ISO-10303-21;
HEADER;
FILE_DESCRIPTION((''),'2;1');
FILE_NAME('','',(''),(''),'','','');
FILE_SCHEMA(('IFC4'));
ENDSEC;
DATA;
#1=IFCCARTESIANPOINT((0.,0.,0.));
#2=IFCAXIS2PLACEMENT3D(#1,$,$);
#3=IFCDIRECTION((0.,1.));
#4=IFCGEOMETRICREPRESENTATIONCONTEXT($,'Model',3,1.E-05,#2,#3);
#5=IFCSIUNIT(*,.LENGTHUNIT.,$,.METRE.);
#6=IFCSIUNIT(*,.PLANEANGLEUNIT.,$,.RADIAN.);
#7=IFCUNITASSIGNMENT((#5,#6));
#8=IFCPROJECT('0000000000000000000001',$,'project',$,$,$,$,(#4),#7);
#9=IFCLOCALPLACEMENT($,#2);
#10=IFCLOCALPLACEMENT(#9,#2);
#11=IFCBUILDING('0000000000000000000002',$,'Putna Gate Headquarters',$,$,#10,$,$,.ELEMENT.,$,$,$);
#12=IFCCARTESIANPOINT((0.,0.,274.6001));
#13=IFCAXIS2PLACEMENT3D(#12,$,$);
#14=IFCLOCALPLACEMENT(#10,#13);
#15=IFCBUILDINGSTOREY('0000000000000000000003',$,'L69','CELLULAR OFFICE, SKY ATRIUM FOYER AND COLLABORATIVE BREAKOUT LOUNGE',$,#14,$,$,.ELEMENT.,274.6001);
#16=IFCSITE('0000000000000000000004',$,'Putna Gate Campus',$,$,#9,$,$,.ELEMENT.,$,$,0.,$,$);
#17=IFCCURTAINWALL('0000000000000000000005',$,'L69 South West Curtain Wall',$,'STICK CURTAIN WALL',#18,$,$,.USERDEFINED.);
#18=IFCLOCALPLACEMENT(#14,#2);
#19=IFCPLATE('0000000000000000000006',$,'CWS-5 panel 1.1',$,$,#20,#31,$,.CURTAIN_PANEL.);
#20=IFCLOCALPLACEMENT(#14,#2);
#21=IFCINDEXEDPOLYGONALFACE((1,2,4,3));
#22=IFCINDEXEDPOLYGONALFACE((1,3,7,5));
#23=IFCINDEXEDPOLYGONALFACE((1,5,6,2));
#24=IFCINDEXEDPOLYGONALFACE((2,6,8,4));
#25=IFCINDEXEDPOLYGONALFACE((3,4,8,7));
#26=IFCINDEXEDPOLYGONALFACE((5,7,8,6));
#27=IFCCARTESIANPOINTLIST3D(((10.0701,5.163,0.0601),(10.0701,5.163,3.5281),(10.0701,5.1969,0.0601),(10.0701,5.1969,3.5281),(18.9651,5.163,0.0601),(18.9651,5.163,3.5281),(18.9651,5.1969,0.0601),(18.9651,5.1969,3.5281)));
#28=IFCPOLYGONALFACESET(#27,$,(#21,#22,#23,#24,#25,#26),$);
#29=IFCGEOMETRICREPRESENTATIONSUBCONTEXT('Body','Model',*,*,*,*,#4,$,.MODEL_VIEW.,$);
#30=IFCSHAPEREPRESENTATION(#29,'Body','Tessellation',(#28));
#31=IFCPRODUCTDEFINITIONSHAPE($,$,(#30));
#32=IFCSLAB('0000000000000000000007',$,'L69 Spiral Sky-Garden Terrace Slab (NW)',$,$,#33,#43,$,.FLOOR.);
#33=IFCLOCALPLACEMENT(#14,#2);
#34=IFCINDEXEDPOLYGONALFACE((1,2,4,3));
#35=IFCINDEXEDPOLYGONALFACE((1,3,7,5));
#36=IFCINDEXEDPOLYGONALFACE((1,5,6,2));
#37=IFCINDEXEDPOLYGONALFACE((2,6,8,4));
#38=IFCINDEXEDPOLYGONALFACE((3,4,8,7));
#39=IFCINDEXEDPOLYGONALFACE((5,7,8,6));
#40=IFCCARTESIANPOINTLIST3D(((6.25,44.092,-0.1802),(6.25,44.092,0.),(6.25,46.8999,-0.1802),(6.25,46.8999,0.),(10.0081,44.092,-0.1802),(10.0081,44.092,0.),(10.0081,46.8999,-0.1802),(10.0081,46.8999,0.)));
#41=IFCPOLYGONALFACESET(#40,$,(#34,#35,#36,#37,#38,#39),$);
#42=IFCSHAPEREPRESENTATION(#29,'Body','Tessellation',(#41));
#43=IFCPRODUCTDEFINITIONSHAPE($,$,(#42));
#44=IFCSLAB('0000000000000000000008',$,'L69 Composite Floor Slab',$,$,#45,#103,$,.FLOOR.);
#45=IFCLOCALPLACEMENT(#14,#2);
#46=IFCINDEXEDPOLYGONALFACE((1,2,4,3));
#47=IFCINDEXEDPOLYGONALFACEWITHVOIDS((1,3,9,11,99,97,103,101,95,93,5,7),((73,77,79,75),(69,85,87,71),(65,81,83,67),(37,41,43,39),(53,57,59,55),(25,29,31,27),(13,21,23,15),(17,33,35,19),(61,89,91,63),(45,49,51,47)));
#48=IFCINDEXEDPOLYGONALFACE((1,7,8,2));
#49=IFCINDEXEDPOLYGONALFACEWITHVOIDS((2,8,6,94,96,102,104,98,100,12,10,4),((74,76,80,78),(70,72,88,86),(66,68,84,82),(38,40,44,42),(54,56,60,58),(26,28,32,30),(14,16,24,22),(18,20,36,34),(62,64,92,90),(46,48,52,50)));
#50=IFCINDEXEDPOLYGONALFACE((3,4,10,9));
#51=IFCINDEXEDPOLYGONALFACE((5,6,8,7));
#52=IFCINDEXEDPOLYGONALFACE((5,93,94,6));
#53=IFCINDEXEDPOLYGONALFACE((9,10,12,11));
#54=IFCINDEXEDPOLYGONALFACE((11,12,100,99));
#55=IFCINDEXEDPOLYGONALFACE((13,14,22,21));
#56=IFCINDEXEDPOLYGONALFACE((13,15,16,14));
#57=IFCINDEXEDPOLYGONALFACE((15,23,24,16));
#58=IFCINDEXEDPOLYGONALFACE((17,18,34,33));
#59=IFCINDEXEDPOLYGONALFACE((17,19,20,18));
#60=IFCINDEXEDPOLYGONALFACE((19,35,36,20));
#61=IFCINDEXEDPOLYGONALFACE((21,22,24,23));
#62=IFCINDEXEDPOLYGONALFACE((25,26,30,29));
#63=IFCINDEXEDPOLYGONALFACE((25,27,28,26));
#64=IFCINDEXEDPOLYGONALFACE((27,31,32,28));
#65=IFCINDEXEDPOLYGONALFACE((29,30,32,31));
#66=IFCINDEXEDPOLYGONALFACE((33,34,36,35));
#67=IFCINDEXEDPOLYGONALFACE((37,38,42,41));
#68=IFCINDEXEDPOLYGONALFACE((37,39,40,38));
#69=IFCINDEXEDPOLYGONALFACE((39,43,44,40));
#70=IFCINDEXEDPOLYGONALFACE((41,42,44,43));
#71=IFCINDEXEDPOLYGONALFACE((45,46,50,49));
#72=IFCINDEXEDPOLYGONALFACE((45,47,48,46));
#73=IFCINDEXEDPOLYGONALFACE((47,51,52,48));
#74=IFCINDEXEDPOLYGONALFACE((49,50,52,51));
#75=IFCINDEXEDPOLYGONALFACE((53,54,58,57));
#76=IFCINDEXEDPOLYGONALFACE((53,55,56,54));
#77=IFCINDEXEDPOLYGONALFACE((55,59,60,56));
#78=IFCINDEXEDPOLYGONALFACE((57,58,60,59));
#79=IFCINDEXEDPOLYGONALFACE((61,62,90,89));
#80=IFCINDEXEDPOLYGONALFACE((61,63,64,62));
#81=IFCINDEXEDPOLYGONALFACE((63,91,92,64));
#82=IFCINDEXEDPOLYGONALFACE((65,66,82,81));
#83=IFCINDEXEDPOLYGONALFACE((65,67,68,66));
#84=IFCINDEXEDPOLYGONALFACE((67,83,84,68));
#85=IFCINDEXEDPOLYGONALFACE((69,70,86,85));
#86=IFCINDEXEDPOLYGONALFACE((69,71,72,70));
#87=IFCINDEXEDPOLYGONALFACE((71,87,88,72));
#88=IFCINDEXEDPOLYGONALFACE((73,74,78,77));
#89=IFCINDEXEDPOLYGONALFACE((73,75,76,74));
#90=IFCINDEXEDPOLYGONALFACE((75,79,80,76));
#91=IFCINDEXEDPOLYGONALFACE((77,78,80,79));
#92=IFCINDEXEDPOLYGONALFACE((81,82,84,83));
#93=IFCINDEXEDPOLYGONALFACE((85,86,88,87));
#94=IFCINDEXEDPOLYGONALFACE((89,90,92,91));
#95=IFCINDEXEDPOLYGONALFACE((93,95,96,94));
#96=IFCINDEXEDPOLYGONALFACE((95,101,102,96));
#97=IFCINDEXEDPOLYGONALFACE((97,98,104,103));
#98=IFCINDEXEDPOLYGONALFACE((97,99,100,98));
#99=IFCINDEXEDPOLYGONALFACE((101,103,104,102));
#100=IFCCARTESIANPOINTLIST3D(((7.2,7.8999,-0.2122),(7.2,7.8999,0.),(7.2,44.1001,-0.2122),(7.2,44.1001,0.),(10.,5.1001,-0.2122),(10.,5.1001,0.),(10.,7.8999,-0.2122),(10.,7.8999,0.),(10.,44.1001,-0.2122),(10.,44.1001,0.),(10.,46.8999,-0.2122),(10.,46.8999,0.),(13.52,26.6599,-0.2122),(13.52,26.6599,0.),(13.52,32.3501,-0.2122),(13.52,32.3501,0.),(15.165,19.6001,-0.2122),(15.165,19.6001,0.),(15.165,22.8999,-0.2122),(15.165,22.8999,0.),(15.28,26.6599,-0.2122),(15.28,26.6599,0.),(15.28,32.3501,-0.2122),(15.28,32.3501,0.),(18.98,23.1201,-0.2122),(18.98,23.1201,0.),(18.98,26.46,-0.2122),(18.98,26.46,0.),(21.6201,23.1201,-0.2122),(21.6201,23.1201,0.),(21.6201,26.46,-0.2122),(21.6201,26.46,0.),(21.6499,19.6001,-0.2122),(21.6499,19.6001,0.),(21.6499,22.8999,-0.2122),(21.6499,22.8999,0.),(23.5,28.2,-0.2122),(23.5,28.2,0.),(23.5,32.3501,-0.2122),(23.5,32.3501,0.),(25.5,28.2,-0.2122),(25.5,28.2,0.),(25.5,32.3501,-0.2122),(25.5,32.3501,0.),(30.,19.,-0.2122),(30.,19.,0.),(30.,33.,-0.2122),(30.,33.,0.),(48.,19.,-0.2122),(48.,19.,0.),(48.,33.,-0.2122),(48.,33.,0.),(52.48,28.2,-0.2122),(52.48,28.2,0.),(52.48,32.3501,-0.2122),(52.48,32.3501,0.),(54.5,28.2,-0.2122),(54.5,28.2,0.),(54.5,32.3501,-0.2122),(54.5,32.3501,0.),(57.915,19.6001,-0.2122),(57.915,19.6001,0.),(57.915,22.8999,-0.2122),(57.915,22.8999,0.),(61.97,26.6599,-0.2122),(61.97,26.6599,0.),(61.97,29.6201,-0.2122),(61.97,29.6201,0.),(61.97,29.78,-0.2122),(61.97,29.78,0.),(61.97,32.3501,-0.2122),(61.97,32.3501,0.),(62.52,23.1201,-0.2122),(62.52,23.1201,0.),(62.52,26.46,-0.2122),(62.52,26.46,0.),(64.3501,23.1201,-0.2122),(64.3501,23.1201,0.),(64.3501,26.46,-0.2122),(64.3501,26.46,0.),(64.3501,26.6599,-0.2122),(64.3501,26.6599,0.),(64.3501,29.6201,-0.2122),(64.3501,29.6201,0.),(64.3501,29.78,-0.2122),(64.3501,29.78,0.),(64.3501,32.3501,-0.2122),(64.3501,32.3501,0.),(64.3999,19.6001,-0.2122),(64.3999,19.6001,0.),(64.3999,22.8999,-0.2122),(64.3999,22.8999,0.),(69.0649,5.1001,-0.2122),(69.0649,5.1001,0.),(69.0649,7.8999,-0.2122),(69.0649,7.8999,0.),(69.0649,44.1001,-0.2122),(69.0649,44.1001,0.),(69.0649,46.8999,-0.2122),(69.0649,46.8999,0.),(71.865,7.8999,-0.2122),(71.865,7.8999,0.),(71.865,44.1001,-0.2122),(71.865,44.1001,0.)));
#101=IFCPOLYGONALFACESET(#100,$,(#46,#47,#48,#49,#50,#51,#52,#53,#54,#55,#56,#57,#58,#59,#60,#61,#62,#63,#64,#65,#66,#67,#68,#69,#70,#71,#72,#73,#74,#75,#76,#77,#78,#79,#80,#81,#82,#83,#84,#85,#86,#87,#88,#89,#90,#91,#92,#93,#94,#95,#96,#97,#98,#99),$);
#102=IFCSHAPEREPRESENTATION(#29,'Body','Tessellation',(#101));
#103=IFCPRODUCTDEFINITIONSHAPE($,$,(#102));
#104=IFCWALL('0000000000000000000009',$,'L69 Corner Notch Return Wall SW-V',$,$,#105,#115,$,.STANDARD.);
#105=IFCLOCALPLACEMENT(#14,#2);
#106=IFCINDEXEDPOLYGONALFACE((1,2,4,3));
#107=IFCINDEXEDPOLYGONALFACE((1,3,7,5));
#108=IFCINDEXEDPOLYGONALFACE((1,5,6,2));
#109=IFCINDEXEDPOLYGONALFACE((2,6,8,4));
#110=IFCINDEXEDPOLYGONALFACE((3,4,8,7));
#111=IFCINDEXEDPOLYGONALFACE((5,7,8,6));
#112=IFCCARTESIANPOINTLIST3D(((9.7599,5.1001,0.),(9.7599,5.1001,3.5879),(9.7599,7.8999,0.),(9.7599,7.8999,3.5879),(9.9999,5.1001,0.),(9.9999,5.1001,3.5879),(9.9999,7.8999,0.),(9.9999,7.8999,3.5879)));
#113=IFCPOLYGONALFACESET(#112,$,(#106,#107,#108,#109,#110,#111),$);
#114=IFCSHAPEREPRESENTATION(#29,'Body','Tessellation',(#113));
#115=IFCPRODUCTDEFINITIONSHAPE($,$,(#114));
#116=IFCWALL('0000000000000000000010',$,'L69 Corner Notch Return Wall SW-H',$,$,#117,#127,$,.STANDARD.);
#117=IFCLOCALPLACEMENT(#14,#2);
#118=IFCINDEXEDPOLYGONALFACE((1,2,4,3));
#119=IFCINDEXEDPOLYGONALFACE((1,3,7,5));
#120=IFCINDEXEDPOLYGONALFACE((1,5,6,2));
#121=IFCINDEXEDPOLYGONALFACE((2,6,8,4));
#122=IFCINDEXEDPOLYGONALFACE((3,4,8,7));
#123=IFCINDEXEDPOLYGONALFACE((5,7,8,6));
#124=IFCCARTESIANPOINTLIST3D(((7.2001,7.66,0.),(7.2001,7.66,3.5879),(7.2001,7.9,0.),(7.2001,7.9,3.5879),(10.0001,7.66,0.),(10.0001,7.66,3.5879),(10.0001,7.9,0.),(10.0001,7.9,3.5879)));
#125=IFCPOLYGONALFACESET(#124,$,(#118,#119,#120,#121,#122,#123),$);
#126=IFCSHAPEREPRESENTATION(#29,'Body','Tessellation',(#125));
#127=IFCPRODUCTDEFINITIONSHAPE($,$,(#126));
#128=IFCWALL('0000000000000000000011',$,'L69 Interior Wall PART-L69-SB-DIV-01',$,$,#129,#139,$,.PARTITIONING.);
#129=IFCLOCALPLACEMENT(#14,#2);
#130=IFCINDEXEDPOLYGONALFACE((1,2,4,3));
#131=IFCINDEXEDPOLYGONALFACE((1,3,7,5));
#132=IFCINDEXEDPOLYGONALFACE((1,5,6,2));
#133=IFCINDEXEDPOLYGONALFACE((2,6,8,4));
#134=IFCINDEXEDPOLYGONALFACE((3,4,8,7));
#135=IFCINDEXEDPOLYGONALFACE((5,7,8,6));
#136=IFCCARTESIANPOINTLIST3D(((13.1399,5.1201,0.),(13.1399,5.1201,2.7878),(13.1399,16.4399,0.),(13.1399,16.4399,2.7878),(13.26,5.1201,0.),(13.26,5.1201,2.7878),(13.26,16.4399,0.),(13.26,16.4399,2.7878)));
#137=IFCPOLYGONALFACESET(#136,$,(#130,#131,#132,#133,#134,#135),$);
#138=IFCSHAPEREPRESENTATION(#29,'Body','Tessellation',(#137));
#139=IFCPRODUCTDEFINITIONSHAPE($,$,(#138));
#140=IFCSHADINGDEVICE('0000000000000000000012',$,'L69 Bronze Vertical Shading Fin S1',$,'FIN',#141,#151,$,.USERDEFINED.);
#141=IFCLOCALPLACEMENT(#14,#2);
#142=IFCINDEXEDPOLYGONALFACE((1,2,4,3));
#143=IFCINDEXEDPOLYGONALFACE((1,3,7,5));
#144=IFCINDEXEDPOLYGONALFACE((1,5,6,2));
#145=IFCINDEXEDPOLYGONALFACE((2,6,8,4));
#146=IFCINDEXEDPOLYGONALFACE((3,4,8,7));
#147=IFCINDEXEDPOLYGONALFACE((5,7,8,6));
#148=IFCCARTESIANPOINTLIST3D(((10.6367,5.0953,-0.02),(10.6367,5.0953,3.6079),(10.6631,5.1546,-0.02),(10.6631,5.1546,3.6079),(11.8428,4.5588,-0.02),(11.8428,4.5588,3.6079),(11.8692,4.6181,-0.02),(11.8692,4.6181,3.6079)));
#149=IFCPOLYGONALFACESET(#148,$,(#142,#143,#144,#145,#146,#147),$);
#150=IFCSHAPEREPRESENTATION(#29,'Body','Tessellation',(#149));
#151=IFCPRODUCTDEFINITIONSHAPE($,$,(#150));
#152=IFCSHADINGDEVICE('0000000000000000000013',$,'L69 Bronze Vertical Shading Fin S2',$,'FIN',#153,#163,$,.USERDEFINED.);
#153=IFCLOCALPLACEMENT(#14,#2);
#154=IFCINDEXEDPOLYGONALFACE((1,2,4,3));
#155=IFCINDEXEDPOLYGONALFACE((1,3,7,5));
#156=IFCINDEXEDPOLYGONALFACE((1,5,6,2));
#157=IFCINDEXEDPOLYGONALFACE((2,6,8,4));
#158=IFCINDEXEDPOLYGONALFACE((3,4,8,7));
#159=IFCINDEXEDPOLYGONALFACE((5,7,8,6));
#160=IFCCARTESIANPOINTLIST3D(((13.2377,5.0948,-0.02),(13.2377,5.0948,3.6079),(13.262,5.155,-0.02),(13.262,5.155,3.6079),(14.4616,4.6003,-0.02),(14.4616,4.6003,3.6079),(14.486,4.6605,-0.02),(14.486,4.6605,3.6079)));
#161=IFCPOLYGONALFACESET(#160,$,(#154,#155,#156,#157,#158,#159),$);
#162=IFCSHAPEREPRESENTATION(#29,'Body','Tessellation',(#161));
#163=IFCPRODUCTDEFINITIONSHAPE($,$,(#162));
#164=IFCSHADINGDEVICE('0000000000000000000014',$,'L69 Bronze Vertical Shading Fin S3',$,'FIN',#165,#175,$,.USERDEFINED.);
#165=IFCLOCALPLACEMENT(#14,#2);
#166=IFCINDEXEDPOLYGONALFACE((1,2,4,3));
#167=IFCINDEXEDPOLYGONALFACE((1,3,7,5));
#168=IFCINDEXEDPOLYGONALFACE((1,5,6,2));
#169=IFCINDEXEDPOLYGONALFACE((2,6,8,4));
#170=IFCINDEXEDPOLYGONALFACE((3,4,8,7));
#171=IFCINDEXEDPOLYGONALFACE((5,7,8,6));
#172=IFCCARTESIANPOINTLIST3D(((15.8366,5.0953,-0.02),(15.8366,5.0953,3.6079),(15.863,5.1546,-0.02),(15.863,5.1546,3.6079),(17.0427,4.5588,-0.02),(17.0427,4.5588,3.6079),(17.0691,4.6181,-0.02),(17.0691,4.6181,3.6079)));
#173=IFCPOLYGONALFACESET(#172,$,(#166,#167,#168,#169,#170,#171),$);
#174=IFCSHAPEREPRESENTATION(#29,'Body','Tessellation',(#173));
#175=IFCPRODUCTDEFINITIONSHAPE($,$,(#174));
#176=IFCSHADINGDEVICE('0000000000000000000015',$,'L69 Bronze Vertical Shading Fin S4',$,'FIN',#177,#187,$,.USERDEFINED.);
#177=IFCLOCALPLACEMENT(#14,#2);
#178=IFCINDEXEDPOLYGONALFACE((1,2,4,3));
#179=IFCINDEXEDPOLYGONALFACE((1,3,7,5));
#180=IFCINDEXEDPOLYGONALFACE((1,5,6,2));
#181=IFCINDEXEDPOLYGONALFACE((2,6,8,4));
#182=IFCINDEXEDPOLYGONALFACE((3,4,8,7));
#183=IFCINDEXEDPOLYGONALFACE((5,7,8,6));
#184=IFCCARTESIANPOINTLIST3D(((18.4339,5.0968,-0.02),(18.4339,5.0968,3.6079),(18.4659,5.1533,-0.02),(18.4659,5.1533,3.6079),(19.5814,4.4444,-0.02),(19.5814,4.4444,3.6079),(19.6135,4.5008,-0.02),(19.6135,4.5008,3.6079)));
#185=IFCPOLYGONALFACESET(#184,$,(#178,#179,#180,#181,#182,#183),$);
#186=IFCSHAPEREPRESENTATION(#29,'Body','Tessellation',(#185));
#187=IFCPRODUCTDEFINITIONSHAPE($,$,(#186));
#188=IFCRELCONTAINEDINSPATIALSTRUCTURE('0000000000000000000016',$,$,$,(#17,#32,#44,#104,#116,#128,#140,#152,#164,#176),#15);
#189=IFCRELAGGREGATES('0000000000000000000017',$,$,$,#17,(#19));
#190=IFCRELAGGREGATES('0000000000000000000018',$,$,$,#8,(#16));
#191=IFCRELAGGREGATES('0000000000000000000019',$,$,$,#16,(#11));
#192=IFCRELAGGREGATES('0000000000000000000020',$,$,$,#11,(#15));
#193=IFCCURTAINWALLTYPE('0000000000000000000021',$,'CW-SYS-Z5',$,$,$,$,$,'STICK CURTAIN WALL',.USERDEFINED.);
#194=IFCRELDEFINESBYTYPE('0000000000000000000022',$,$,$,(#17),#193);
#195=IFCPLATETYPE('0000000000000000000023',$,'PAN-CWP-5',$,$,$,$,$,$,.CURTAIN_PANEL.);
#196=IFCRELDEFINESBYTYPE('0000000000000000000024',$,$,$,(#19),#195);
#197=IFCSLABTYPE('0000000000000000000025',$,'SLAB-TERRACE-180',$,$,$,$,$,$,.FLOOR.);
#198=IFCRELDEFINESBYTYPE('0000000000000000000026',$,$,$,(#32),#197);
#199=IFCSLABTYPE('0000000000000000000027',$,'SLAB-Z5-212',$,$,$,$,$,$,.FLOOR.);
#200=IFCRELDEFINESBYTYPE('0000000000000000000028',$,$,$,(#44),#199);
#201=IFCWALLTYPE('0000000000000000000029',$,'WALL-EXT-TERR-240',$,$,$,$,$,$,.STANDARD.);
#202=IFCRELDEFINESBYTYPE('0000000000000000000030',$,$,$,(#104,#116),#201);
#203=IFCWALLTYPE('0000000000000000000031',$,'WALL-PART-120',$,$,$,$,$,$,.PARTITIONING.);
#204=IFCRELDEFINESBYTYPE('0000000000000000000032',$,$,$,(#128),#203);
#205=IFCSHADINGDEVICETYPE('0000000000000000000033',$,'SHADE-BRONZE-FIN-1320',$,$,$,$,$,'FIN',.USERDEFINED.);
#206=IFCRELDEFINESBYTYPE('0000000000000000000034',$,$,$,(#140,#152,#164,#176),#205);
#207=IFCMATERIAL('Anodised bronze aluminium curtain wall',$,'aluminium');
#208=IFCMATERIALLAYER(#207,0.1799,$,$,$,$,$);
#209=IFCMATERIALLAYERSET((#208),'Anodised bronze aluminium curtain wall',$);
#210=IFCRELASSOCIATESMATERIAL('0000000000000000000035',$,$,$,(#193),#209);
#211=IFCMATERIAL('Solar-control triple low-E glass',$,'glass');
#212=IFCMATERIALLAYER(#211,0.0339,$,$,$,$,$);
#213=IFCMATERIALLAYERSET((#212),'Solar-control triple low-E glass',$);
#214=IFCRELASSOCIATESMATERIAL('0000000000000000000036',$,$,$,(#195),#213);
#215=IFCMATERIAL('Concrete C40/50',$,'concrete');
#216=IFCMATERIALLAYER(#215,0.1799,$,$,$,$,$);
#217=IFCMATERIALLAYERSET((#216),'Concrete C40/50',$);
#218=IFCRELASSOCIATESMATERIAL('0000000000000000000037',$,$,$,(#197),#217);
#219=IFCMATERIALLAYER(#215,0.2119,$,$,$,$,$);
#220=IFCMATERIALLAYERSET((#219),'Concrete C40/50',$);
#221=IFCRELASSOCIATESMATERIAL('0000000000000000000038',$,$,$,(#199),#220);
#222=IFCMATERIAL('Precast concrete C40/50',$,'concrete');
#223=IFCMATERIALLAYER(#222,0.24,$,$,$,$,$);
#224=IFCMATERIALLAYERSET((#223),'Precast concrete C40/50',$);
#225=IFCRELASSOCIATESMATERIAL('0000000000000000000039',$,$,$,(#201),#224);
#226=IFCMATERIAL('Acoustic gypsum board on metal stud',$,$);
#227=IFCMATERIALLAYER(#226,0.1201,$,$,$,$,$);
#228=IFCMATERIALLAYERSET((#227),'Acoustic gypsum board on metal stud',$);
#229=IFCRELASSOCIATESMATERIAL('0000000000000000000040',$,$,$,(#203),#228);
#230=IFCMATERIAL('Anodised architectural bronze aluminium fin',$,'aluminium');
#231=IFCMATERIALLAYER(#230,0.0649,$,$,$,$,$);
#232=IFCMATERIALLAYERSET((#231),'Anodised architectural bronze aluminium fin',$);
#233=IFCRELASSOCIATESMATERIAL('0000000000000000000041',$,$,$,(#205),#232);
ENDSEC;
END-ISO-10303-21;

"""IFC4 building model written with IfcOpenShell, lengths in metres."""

from ifc_helpers import new_model, si_unit, direction, frame, frame_2d, origin, origin_2d, place, context, subcontext, project, spatial, polyline, rectangle, outline, extrude, material, layer, layer_set, type_object, element, aggregate, save


model = new_model("IFC4")

# Units and contexts
model_context = context("Model", 3, precision=1e-05, world=origin(), true_north=direction((0.0, 1.0)))
body_context = subcontext(model_context, "Body", "Model", "MODEL_VIEW")
ifc_project = project(units=[si_unit("LENGTHUNIT", "METRE"), si_unit("PLANEANGLEUNIT", "RADIAN")], contexts=[model_context])

# Site, building, storey
site_placement = place(None, origin())
site = spatial("IfcSite", under=ifc_project, at=site_placement, Name="Putna Gate Campus", CompositionType="ELEMENT", RefElevation=0.0)
building_placement = place(site_placement, origin())
building = spatial("IfcBuilding", under=site, at=building_placement, Name="Putna Gate Headquarters", CompositionType="ELEMENT")
storey_placement = place(building_placement, frame((0.0, 0.0, 274.6001)))
storey = spatial("IfcBuildingStorey", under=building, at=storey_placement, Name="L69", Description="CELLULAR OFFICE, SKY ATRIUM FOYER AND COLLABORATIVE BREAKOUT LOUNGE", CompositionType="ELEMENT", Elevation=274.6001)

# Curtain wall
ifc_material_1 = material(Name="Anodised bronze aluminium curtain wall", Category="aluminium")
ifc_layer_1 = layer(ifc_material_1, 0.1799)
ifc_layer_set_1 = layer_set([ifc_layer_1], Name="Anodised bronze aluminium curtain wall")
curtain_wall_type = type_object("IfcCurtainWallType", Name="CW-SYS-Z5", ElementType="STICK CURTAIN WALL", PredefinedType="USERDEFINED", material=ifc_layer_set_1)
curtain_wall_1_placement = place(storey_placement, origin())
curtain_wall_1 = element("IfcCurtainWall", 1, at=curtain_wall_1_placement, inside=storey, type_object=curtain_wall_type, Name="L69 South West Curtain Wall", ObjectType="STICK CURTAIN WALL", PredefinedType="USERDEFINED")

# Shared definitions
ifc_material_2 = material(Name="Concrete C40/50", Category="concrete")

# Plate
ifc_material_3 = material(Name="Solar-control triple low-E glass", Category="glass")
ifc_layer_2 = layer(ifc_material_3, 0.0339)
ifc_layer_set_2 = layer_set([ifc_layer_2], Name="Solar-control triple low-E glass")
plate_type = type_object("IfcPlateType", Name="PAN-CWP-5", PredefinedType="CURTAIN_PANEL", material=ifc_layer_set_2)
plate_placement = place(storey_placement, frame((14.5176, 5.1799, 0.0601), z_axis=(0.0, 0.0, 1.0), x_axis=(1.0, 0.0, 0.0)))
plate = element("IfcPlate", 2, at=plate_placement, type_object=plate_type, Name="CWS-5 panel 1.1", PredefinedType="CURTAIN_PANEL", context=body_context, shape_type="SweptSolid", body=[
    extrude(rectangle(XDim=8.895, YDim=0.0339, at=origin_2d()), origin(), (0.0, 0.0, 1.0), 3.468),
])
aggregate(curtain_wall_1, [plate])

# Slabs
ifc_layer_3 = layer(ifc_material_2, 0.1799)
ifc_layer_set_3 = layer_set([ifc_layer_3], Name="Concrete C40/50")
slab_type_1 = type_object("IfcSlabType", Name="SLAB-TERRACE-180", PredefinedType="FLOOR", material=ifc_layer_set_3)
slab_1_placement = place(storey_placement, frame((0.0, 0.0, -0.1802)))
element("IfcSlab", 3, at=slab_1_placement, inside=storey, type_object=slab_type_1, Name="L69 Spiral Sky-Garden Terrace Slab (NW)", PredefinedType="FLOOR", context=body_context, shape_type="SweptSolid", body=[
    extrude(outline(polyline([(6.25, 44.092), (10.0081, 44.092), (10.0081, 46.8999), (6.25, 46.8999), (6.25, 44.092)])), origin(), (0.0, 0.0, 1.0), 0.1802),
])
ifc_layer_4 = layer(ifc_material_2, 0.2119)
ifc_layer_set_4 = layer_set([ifc_layer_4], Name="Concrete C40/50")
slab_type_2 = type_object("IfcSlabType", Name="SLAB-Z5-212", PredefinedType="FLOOR", material=ifc_layer_set_4)
slab_2_placement = place(storey_placement, frame((0.0, 0.0, -0.2122)))
element("IfcSlab", 4, at=slab_2_placement, inside=storey, type_object=slab_type_2, Name="L69 Composite Floor Slab", PredefinedType="FLOOR", context=body_context, shape_type="SweptSolid", body=[
    extrude(outline(polyline([(10.0, 5.1001), (69.0649, 5.1001), (69.0649, 7.8999), (71.865, 7.8999), (71.865, 44.1001), (69.0649, 44.1001), (69.0649, 46.8999), (10.0, 46.8999), (10.0, 44.1001), (7.2, 44.1001), (7.2, 7.8999), (10.0, 7.8999), (10.0, 5.1001)]), holes=[polyline([(15.165, 19.6001), (21.6499, 19.6001), (21.6499, 22.8999), (15.165, 22.8999), (15.165, 19.6001)]), polyline([(57.915, 19.6001), (64.3999, 19.6001), (64.3999, 22.8999), (57.915, 22.8999), (57.915, 19.6001)]), polyline([(13.52, 26.6599), (15.28, 26.6599), (15.28, 32.3501), (13.52, 32.3501), (13.52, 26.6599)]), polyline([(61.97, 29.78), (64.3501, 29.78), (64.3501, 32.3501), (61.97, 32.3501), (61.97, 29.78)]), polyline([(18.98, 23.1201), (21.6201, 23.1201), (21.6201, 26.46), (18.98, 26.46), (18.98, 23.1201)]), polyline([(62.52, 23.1201), (64.3501, 23.1201), (64.3501, 26.46), (62.52, 26.46), (62.52, 23.1201)]), polyline([(61.97, 26.6599), (64.3501, 26.6599), (64.3501, 29.6201), (61.97, 29.6201), (61.97, 26.6599)]), polyline([(23.5, 28.2), (25.5, 28.2), (25.5, 32.3501), (23.5, 32.3501), (23.5, 28.2)]), polyline([(52.48, 28.2), (54.5, 28.2), (54.5, 32.3501), (52.48, 32.3501), (52.48, 28.2)]), polyline([(30.0, 19.0), (48.0, 19.0), (48.0, 33.0), (30.0, 33.0), (30.0, 19.0)])]), origin(), (0.0, 0.0, 1.0), 0.2122),
])

# Walls
ifc_material_4 = material(Name="Precast concrete C40/50", Category="concrete")
ifc_layer_5 = layer(ifc_material_4, 0.24)
ifc_layer_set_5 = layer_set([ifc_layer_5], Name="Precast concrete C40/50")
wall_type_1 = type_object("IfcWallType", Name="WALL-EXT-TERR-240", PredefinedType="STANDARD", material=ifc_layer_set_5)
wall_1_placement = place(storey_placement, frame((9.8799, 5.1001, 0.0), z_axis=(0.0, 0.0, 1.0), x_axis=(0.0, 1.0, 0.0)))
element("IfcWall", 5, at=wall_1_placement, inside=storey, type_object=wall_type_1, Name="L69 Corner Notch Return Wall SW-V", PredefinedType="STANDARD", context=body_context, shape_type="SweptSolid", body=[
    extrude(rectangle(XDim=2.7998, YDim=0.24, at=frame_2d((1.3999, 0.0))), origin(), (0.0, 0.0, 1.0), 3.5879),
])
wall_2_placement = place(storey_placement, frame((10.0, 7.78, 0.0), z_axis=(0.0, 0.0, 1.0), x_axis=(-1.0, 0.0, 0.0)))
element("IfcWall", 6, at=wall_2_placement, inside=storey, type_object=wall_type_1, Name="L69 Corner Notch Return Wall SW-H", PredefinedType="STANDARD", context=body_context, shape_type="SweptSolid", body=[
    extrude(rectangle(XDim=2.8, YDim=0.24, at=frame_2d((1.3999, 0.0))), origin(), (0.0, 0.0, 1.0), 3.5879),
])
ifc_material_5 = material(Name="Acoustic gypsum board on metal stud")
ifc_layer_6 = layer(ifc_material_5, 0.1201)
ifc_layer_set_6 = layer_set([ifc_layer_6], Name="Acoustic gypsum board on metal stud")
wall_type_2 = type_object("IfcWallType", Name="WALL-PART-120", PredefinedType="PARTITIONING", material=ifc_layer_set_6)
wall_3_placement = place(storey_placement, frame((13.2, 5.1201, 0.0), z_axis=(0.0, 0.0, 1.0), x_axis=(0.0, 1.0, 0.0)))
element("IfcWall", 7, at=wall_3_placement, inside=storey, type_object=wall_type_2, Name="L69 Interior Wall PART-L69-SB-DIV-01", PredefinedType="PARTITIONING", context=body_context, shape_type="SweptSolid", body=[
    extrude(rectangle(XDim=11.3198, YDim=0.1201, at=frame_2d((5.6599, 0.0))), origin(), (0.0, 0.0, 1.0), 2.7878),
])

# Shading devices
ifc_material_6 = material(Name="Anodised architectural bronze aluminium fin", Category="aluminium")
ifc_layer_7 = layer(ifc_material_6, 0.0649)
ifc_layer_set_7 = layer_set([ifc_layer_7], Name="Anodised architectural bronze aluminium fin")
shading_device_type_1 = type_object("IfcShadingDeviceType", Name="SHADE-BRONZE-FIN-1320", ElementType="FIN", PredefinedType="USERDEFINED", material=ifc_layer_set_7)
for number, where, z_axis, x_axis, name in (
    (8, (11.2529, 4.8567, -0.02), (0.0, 0.0, 1.0), (0.913687, -0.406418, 0.0), "L69 Bronze Vertical Shading Fin S1"),
    (9, (13.8618, 4.8777, -0.02), (0.0, 0.0, 1.0), (0.927184, -0.374607, 0.0), "L69 Bronze Vertical Shading Fin S2"),
    (10, (16.4529, 4.8567, -0.02), (0.0, 0.0, 1.0), (0.913687, -0.406418, 0.0), "L69 Bronze Vertical Shading Fin S3"),
    (11, (19.0237, 4.7988, -0.02), (0.0, 0.0, 1.0), (0.869322, -0.494245, 0.0), "L69 Bronze Vertical Shading Fin S4"),
):
    element("IfcShadingDevice", number, at=place(storey_placement, frame(where, z_axis=z_axis, x_axis=x_axis)), inside=storey, type_object=shading_device_type_1, Name=name, ObjectType="FIN", PredefinedType="USERDEFINED", context=body_context, shape_type="SweptSolid", body=[
        extrude(rectangle(XDim=1.3201, YDim=0.0649, at=origin_2d()), origin(), (0.0, 0.0, 1.0), 3.6279),
    ])

save(model, "model.ifc")
